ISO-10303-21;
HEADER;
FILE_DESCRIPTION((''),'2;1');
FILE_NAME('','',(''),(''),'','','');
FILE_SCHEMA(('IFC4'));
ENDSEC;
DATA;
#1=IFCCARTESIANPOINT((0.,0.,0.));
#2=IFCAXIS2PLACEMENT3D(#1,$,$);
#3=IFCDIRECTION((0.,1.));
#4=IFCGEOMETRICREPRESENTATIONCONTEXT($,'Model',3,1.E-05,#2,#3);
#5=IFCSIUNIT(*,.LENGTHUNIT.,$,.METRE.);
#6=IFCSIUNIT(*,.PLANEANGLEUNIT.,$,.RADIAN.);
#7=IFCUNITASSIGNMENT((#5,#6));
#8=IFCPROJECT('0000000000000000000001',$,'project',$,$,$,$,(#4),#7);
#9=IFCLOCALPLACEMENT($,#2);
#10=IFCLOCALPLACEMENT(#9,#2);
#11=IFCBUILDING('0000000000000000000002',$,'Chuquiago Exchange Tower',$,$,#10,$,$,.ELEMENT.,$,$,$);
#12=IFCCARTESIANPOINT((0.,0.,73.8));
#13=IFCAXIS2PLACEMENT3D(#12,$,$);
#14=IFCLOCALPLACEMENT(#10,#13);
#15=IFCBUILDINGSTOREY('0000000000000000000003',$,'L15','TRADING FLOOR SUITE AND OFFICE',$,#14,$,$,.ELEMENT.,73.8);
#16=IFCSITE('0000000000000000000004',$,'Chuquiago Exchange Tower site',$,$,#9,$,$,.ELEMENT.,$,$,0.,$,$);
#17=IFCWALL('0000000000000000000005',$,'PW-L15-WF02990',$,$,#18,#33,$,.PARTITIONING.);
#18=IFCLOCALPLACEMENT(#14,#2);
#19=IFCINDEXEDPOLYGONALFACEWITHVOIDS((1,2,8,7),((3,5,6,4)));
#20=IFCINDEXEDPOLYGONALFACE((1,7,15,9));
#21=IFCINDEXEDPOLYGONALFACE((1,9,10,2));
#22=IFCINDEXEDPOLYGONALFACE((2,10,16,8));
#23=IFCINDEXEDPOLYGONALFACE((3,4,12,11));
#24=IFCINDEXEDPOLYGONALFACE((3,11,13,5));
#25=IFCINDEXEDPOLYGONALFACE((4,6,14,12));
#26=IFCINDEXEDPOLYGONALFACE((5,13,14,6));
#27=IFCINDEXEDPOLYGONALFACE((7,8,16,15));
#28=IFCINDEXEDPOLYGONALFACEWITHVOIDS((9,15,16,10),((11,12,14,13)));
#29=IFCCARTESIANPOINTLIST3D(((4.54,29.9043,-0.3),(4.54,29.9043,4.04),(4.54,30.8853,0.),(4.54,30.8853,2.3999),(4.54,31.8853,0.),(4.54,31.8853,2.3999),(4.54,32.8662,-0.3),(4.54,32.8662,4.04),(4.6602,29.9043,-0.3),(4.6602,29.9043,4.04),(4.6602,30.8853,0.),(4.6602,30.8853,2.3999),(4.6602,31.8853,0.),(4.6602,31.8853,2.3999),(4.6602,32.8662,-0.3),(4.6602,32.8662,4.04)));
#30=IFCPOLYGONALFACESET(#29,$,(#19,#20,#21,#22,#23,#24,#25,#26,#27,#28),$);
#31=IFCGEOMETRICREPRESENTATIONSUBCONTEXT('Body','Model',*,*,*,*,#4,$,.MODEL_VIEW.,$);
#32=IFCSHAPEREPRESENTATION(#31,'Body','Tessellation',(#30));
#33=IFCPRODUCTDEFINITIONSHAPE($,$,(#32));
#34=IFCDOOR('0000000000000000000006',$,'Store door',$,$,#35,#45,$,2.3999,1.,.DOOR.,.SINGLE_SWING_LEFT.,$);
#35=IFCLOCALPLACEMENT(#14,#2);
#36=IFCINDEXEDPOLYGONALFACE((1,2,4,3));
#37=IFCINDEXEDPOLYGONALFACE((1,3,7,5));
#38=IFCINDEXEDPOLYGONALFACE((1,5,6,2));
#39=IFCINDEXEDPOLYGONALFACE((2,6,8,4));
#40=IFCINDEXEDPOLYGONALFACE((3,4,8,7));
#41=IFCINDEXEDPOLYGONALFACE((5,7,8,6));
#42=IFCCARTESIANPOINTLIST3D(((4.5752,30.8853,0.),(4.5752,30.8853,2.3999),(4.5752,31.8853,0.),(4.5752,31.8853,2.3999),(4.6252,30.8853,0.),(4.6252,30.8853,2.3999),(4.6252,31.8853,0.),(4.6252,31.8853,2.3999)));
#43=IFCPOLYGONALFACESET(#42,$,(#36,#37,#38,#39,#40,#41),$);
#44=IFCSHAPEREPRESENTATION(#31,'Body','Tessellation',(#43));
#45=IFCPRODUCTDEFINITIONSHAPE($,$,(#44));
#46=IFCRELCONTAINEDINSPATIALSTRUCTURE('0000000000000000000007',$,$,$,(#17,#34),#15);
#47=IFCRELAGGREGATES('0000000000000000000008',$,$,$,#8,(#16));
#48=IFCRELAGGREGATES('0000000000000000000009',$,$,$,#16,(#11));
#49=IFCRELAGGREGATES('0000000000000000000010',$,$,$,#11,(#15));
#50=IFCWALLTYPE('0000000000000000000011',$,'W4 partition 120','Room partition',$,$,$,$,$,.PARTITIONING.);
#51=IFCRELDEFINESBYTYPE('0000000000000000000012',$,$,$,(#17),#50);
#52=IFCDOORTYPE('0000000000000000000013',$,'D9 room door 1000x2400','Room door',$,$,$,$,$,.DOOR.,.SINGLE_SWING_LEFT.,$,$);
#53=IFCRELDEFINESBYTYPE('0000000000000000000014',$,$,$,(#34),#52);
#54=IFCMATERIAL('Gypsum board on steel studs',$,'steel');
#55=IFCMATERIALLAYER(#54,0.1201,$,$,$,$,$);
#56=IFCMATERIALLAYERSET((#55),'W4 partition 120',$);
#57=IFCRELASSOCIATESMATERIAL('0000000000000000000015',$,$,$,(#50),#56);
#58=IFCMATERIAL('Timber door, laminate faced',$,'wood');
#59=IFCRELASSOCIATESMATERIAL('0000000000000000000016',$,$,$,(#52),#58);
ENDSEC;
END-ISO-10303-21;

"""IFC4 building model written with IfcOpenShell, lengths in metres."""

from ifc_helpers import new_model, si_unit, direction, frame, frame_2d, origin, place, context, subcontext, project, spatial, rectangle, extrude, material, layer, layer_set, type_object, element, fill, save


model = new_model("IFC4")

# Units and contexts
model_context = context("Model", 3, precision=1e-05, world=origin(), true_north=direction((0.0, 1.0)))
body_context = subcontext(model_context, "Body", "Model", "MODEL_VIEW")
ifc_project = project(units=[si_unit("LENGTHUNIT", "METRE"), si_unit("PLANEANGLEUNIT", "RADIAN")], contexts=[model_context])

# Site, building, storey
site_placement = place(None, origin())
site = spatial("IfcSite", under=ifc_project, at=site_placement, Name="Chuquiago Exchange Tower site", CompositionType="ELEMENT", RefElevation=0.0)
building_placement = place(site_placement, origin())
building = spatial("IfcBuilding", under=site, at=building_placement, Name="Chuquiago Exchange Tower", CompositionType="ELEMENT")
storey_placement = place(building_placement, frame((0.0, 0.0, 73.8)))
storey = spatial("IfcBuildingStorey", under=building, at=storey_placement, Name="L15", Description="TRADING FLOOR SUITE AND OFFICE", CompositionType="ELEMENT", Elevation=73.8)

# Shared definitions
ifc_material_1 = material(Name="Gypsum board on steel studs", Category="steel")
ifc_layer_1 = layer(ifc_material_1, 0.1201)
ifc_layer_set_1 = layer_set([ifc_layer_1], Name="W4 partition 120")
wall_type = type_object("IfcWallType", Name="W4 partition 120", Description="Room partition", PredefinedType="PARTITIONING", material=ifc_layer_set_1)

# Wall, opening, door
ifc_material_2 = material(Name="Timber door, laminate faced", Category="wood")
door_type_1 = type_object("IfcDoorType", Name="D9 room door 1000x2400", Description="Room door", OperationType="SINGLE_SWING_LEFT", PredefinedType="DOOR", material=ifc_material_2)
wall_1_placement = place(storey_placement, frame((4.6001, 29.9043, -0.3), z_axis=(0.0, 0.0, 1.0), x_axis=(0.0, 1.0, 0.0)))
wall_1 = element("IfcWall", 1, at=wall_1_placement, inside=storey, type_object=wall_type, Name="PW-L15-WF02990", PredefinedType="PARTITIONING", context=body_context, shape_type="SweptSolid", body=[
    extrude(rectangle(XDim=2.9619, YDim=0.1201, at=frame_2d((1.481, 0.0))), origin(), (0.0, 0.0, 1.0), 4.3401),
])
opening_1_placement = place(wall_1_placement, frame((0.981, 0.0, 0.3)))
opening_1 = element("IfcOpeningElement", 2, at=opening_1_placement, cuts=wall_1, PredefinedType="OPENING", context=body_context, shape_type="SweptSolid", body=[
    extrude(rectangle(XDim=1.0, YDim=2.3999, at=frame_2d((0.5, 1.2))), frame((0.0, 0.0701, 0.0), z_axis=(0.0, -1.0, 0.0), x_axis=(1.0, 0.0, 0.0)), (0.0, 0.0, 1.0), 0.1401),
])
door_1_placement = place(opening_1_placement, origin())
door_1 = element("IfcDoor", 3, at=door_1_placement, inside=storey, type_object=door_type_1, Name="Store door", OperationType="SINGLE_SWING_LEFT", OverallHeight=2.3999, OverallWidth=1.0, PredefinedType="DOOR", context=body_context, shape_type="SweptSolid", body=[
    extrude(rectangle(XDim=1.0, YDim=2.3999, at=frame_2d((0.5, 1.2))), frame((0.0, 0.0249, 0.0), z_axis=(0.0, -1.0, 0.0), x_axis=(1.0, 0.0, 0.0)), (0.0, 0.0, 1.0), 0.05),
])
fill(opening_1, door_1)

save(model, "model.ifc")
